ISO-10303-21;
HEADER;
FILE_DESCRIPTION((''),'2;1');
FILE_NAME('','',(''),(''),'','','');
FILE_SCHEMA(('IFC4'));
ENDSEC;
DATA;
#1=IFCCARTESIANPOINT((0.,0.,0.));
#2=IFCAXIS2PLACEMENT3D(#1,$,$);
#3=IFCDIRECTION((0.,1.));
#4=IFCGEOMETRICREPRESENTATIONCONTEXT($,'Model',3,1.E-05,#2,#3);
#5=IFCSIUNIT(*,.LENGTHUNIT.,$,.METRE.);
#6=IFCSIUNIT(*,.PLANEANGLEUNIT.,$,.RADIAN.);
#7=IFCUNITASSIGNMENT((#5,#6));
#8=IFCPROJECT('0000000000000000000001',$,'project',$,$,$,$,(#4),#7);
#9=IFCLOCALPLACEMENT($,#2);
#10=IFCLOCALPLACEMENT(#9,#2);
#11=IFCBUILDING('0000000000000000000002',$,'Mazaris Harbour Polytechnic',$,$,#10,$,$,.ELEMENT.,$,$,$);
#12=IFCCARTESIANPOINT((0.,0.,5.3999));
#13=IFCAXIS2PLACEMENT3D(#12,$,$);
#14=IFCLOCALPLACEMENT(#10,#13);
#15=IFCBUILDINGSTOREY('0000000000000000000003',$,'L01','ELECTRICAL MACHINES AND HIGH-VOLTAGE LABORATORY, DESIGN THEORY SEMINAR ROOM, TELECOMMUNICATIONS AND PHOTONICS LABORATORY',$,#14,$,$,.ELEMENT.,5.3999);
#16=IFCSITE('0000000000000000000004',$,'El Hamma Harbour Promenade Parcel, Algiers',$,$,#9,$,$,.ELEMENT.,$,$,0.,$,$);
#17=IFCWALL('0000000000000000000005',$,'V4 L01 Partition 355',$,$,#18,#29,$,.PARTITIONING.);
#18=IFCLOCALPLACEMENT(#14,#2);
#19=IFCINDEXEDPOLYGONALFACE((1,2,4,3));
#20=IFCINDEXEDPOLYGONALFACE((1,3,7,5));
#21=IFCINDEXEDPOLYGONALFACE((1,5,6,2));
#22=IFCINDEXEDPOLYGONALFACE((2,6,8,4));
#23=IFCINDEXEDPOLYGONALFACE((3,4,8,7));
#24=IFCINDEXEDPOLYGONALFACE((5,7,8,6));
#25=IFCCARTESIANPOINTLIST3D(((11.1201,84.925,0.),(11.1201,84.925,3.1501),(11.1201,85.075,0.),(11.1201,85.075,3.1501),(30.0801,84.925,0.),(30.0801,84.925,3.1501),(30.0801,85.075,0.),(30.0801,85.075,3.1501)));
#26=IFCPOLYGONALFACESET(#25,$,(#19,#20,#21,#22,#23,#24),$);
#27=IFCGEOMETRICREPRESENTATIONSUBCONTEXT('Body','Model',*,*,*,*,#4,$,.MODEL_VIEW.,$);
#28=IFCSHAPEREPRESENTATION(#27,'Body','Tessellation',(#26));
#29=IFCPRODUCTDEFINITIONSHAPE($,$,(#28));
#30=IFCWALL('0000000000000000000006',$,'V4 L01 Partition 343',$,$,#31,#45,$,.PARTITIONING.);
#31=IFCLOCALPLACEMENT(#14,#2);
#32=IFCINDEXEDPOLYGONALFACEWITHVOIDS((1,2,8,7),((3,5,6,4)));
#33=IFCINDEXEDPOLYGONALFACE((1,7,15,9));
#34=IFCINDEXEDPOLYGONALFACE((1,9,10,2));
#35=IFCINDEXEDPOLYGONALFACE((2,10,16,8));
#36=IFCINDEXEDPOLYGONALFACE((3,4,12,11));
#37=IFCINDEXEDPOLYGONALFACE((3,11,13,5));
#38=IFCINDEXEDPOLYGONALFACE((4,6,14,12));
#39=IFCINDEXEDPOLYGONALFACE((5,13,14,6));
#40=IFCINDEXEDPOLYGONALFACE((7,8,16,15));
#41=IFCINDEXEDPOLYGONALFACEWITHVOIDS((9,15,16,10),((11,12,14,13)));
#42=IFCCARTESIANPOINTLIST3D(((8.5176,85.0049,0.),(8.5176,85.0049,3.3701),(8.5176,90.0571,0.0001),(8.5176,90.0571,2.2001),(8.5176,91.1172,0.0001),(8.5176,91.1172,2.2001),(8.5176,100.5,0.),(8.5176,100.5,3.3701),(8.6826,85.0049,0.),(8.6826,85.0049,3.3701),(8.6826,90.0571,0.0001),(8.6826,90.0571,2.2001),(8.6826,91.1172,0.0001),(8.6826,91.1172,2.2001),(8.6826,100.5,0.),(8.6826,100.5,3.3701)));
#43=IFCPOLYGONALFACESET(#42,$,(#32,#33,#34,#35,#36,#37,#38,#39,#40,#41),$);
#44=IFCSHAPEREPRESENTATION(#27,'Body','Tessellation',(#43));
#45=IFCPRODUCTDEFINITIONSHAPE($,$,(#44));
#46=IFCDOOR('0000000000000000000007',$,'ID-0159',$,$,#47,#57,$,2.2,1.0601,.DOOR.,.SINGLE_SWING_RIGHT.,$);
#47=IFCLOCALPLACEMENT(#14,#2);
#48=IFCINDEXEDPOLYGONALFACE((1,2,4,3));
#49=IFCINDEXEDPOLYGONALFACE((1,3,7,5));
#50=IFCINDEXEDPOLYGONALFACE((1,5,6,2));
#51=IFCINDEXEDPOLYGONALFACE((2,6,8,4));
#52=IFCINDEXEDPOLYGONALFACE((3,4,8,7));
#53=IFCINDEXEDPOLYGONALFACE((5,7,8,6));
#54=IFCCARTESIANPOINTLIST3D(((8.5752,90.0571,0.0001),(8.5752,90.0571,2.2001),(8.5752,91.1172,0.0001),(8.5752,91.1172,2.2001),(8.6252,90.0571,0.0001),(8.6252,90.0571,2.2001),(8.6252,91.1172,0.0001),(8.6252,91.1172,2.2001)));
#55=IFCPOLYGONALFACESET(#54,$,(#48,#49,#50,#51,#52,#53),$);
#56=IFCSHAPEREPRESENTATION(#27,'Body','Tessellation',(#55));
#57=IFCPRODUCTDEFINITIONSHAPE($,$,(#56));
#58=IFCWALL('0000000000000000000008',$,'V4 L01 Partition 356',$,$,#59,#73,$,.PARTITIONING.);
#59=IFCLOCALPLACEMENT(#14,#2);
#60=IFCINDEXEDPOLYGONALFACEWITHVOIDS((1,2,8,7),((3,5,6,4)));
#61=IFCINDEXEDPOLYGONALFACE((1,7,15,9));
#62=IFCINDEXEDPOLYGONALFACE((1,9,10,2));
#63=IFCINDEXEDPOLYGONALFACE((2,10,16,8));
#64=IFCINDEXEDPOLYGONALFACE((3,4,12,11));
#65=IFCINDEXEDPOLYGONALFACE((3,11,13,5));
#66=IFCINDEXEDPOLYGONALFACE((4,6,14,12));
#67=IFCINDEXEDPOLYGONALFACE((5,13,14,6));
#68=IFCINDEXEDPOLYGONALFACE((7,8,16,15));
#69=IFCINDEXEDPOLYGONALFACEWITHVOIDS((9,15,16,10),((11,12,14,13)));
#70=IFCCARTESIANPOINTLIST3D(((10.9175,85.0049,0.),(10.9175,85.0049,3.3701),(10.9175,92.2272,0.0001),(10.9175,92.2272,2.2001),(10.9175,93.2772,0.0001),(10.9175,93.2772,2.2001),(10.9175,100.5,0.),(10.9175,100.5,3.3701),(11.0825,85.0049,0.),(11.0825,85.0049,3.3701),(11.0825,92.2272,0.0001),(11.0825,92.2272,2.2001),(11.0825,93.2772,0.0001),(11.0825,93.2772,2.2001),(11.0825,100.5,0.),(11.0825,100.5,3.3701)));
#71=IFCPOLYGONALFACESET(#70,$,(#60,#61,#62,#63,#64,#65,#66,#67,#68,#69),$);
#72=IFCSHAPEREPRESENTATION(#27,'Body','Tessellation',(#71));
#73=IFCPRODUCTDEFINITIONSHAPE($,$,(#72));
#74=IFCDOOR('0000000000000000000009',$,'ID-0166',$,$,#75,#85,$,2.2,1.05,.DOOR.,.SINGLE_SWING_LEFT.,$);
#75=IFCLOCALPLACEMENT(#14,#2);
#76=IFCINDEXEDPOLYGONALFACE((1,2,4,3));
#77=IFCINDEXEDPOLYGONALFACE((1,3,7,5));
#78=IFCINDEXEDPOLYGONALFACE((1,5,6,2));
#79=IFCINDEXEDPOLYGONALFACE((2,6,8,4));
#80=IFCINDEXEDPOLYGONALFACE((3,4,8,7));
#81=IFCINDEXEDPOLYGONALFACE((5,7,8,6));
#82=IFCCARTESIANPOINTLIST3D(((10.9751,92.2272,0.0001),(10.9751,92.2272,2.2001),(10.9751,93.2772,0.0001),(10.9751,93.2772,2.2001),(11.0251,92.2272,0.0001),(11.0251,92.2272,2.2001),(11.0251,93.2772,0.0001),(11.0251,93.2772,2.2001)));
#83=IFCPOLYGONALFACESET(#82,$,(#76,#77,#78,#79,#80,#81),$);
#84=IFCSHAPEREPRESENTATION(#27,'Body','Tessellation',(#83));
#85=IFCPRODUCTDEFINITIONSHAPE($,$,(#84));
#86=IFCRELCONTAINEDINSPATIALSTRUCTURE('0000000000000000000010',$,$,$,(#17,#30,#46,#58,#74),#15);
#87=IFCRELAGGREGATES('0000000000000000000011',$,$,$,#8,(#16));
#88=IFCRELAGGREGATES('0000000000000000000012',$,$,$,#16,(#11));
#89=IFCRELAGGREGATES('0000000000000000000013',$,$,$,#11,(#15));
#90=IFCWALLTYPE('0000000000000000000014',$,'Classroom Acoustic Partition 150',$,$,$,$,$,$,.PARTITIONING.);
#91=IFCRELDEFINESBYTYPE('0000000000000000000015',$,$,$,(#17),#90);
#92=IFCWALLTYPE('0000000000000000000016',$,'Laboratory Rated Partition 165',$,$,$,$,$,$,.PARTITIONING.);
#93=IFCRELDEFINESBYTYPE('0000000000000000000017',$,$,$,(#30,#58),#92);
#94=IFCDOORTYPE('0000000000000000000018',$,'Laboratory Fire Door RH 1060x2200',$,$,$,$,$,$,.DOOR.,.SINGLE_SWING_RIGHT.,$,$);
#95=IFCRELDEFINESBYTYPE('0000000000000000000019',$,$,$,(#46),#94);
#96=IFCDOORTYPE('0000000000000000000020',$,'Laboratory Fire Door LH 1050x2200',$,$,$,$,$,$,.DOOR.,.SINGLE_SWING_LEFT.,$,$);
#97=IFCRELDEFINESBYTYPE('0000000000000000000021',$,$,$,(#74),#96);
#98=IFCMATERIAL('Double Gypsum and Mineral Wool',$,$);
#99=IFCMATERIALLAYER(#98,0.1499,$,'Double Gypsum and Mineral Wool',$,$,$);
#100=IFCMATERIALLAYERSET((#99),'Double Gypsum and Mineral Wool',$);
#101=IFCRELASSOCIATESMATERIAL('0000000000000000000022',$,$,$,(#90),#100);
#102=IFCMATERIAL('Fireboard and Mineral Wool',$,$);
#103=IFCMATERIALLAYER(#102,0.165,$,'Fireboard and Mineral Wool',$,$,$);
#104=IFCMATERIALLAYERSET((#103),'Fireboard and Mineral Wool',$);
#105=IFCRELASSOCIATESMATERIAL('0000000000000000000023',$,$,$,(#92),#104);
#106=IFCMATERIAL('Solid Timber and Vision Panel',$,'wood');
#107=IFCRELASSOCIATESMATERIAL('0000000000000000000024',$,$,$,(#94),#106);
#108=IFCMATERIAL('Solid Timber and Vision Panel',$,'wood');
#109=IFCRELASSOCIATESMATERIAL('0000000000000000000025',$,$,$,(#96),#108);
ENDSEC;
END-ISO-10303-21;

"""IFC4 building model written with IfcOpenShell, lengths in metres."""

from ifc_helpers import new_model, si_unit, direction, frame, frame_2d, origin, place, context, subcontext, project, spatial, rectangle, extrude, material, layer, layer_set, type_object, element, fill, save


model = new_model("IFC4")

# Units and contexts
model_context = context("Model", 3, precision=1e-05, world=origin(), true_north=direction((0.0, 1.0)))
body_context = subcontext(model_context, "Body", "Model", "MODEL_VIEW")
ifc_project = project(units=[si_unit("LENGTHUNIT", "METRE"), si_unit("PLANEANGLEUNIT", "RADIAN")], contexts=[model_context])

# Site, building, storey
site_placement = place(None, origin())
site = spatial("IfcSite", under=ifc_project, at=site_placement, Name="El Hamma Harbour Promenade Parcel, Algiers", CompositionType="ELEMENT", RefElevation=0.0)
building_placement = place(site_placement, origin())
building = spatial("IfcBuilding", under=site, at=building_placement, Name="Mazaris Harbour Polytechnic", CompositionType="ELEMENT")
storey_placement = place(building_placement, frame((0.0, 0.0, 5.3999)))
storey = spatial("IfcBuildingStorey", under=building, at=storey_placement, Name="L01", Description="ELECTRICAL MACHINES AND HIGH-VOLTAGE LABORATORY, DESIGN THEORY SEMINAR ROOM, TELECOMMUNICATIONS AND PHOTONICS LABORATORY", CompositionType="ELEMENT", Elevation=5.3999)

# Wall
ifc_material_1 = material(Name="Double Gypsum and Mineral Wool")
ifc_layer_1 = layer(ifc_material_1, 0.1499, Name="Double Gypsum and Mineral Wool")
ifc_layer_set_1 = layer_set([ifc_layer_1], Name="Double Gypsum and Mineral Wool")
wall_type_1 = type_object("IfcWallType", Name="Classroom Acoustic Partition 150", PredefinedType="PARTITIONING", material=ifc_layer_set_1)
wall_1_placement = place(storey_placement, frame((11.1201, 85.0, 0.0), z_axis=(0.0, 0.0, 1.0), x_axis=(1.0, 0.0, 0.0)))
element("IfcWall", 1, at=wall_1_placement, inside=storey, type_object=wall_type_1, Name="V4 L01 Partition 355", PredefinedType="PARTITIONING", context=body_context, shape_type="SweptSolid", body=[
    extrude(rectangle(XDim=18.96, YDim=0.1499, at=frame_2d((9.48, 0.0))), origin(), (0.0, 0.0, 1.0), 3.1501),
])

# Walls, openings, doors
ifc_material_2 = material(Name="Fireboard and Mineral Wool")
ifc_layer_2 = layer(ifc_material_2, 0.165, Name="Fireboard and Mineral Wool")
ifc_layer_set_2 = layer_set([ifc_layer_2], Name="Fireboard and Mineral Wool")
wall_type_2 = type_object("IfcWallType", Name="Laboratory Rated Partition 165", PredefinedType="PARTITIONING", material=ifc_layer_set_2)
wall_2_placement = place(storey_placement, frame((8.6001, 85.0049, 0.0), z_axis=(0.0, 0.0, 1.0), x_axis=(0.0, 1.0, 0.0)))
wall_2 = element("IfcWall", 2, at=wall_2_placement, inside=storey, type_object=wall_type_2, Name="V4 L01 Partition 343", PredefinedType="PARTITIONING", context=body_context, shape_type="SweptSolid", body=[
    extrude(rectangle(XDim=15.4951, YDim=0.165, at=frame_2d((7.7476, 0.0))), origin(), (0.0, 0.0, 1.0), 3.3701),
])
opening_1_placement = place(wall_2_placement, frame((5.0522, 0.0, 0.0)))
opening_1 = element("IfcOpeningElement", 3, at=opening_1_placement, cuts=wall_2, PredefinedType="OPENING", context=body_context, shape_type="SweptSolid", body=[
    extrude(rectangle(XDim=1.0601, YDim=2.2, at=frame_2d((0.53, 1.1001))), frame((0.0, 0.0925, 0.0), z_axis=(0.0, -1.0, 0.0), x_axis=(1.0, 0.0, 0.0)), (0.0, 0.0, 1.0), 0.1851),
])
ifc_material_3 = material(Name="Solid Timber and Vision Panel", Category="wood")
door_type_1 = type_object("IfcDoorType", Name="Laboratory Fire Door RH 1060x2200", OperationType="SINGLE_SWING_RIGHT", PredefinedType="DOOR", material=ifc_material_3)
door_1_placement = place(opening_1_placement, origin())
door_1 = element("IfcDoor", 4, at=door_1_placement, inside=storey, type_object=door_type_1, Name="ID-0159", OperationType="SINGLE_SWING_RIGHT", OverallHeight=2.2, OverallWidth=1.0601, PredefinedType="DOOR", context=body_context, shape_type="SweptSolid", body=[
    extrude(rectangle(XDim=1.0601, YDim=2.2, at=frame_2d((0.53, 1.1001))), frame((0.0, 0.0249, 0.0), z_axis=(0.0, -1.0, 0.0), x_axis=(1.0, 0.0, 0.0)), (0.0, 0.0, 1.0), 0.05),
])
fill(opening_1, door_1)
wall_3_placement = place(storey_placement, frame((11.0, 85.0049, 0.0), z_axis=(0.0, 0.0, 1.0), x_axis=(0.0, 1.0, 0.0)))
wall_3 = element("IfcWall", 5, at=wall_3_placement, inside=storey, type_object=wall_type_2, Name="V4 L01 Partition 356", PredefinedType="PARTITIONING", context=body_context, shape_type="SweptSolid", body=[
    extrude(rectangle(XDim=15.4951, YDim=0.165, at=frame_2d((7.7476, 0.0))), origin(), (0.0, 0.0, 1.0), 3.3701),
])
opening_2_placement = place(wall_3_placement, frame((7.2224, 0.0, 0.0)))
opening_2 = element("IfcOpeningElement", 6, at=opening_2_placement, cuts=wall_3, PredefinedType="OPENING", context=body_context, shape_type="SweptSolid", body=[
    extrude(rectangle(XDim=1.05, YDim=2.2, at=frame_2d((0.5249, 1.1001))), frame((0.0, 0.0925, 0.0), z_axis=(0.0, -1.0, 0.0), x_axis=(1.0, 0.0, 0.0)), (0.0, 0.0, 1.0), 0.1851),
])
ifc_material_4 = material(Name="Solid Timber and Vision Panel", Category="wood")
door_type_2 = type_object("IfcDoorType", Name="Laboratory Fire Door LH 1050x2200", OperationType="SINGLE_SWING_LEFT", PredefinedType="DOOR", material=ifc_material_4)
door_2_placement = place(opening_2_placement, origin())
door_2 = element("IfcDoor", 7, at=door_2_placement, inside=storey, type_object=door_type_2, Name="ID-0166", OperationType="SINGLE_SWING_LEFT", OverallHeight=2.2, OverallWidth=1.05, PredefinedType="DOOR", context=body_context, shape_type="SweptSolid", body=[
    extrude(rectangle(XDim=1.05, YDim=2.2, at=frame_2d((0.5249, 1.1001))), frame((0.0, 0.0249, 0.0), z_axis=(0.0, -1.0, 0.0), x_axis=(1.0, 0.0, 0.0)), (0.0, 0.0, 1.0), 0.05),
])
fill(opening_2, door_2)

save(model, "model.ifc")
